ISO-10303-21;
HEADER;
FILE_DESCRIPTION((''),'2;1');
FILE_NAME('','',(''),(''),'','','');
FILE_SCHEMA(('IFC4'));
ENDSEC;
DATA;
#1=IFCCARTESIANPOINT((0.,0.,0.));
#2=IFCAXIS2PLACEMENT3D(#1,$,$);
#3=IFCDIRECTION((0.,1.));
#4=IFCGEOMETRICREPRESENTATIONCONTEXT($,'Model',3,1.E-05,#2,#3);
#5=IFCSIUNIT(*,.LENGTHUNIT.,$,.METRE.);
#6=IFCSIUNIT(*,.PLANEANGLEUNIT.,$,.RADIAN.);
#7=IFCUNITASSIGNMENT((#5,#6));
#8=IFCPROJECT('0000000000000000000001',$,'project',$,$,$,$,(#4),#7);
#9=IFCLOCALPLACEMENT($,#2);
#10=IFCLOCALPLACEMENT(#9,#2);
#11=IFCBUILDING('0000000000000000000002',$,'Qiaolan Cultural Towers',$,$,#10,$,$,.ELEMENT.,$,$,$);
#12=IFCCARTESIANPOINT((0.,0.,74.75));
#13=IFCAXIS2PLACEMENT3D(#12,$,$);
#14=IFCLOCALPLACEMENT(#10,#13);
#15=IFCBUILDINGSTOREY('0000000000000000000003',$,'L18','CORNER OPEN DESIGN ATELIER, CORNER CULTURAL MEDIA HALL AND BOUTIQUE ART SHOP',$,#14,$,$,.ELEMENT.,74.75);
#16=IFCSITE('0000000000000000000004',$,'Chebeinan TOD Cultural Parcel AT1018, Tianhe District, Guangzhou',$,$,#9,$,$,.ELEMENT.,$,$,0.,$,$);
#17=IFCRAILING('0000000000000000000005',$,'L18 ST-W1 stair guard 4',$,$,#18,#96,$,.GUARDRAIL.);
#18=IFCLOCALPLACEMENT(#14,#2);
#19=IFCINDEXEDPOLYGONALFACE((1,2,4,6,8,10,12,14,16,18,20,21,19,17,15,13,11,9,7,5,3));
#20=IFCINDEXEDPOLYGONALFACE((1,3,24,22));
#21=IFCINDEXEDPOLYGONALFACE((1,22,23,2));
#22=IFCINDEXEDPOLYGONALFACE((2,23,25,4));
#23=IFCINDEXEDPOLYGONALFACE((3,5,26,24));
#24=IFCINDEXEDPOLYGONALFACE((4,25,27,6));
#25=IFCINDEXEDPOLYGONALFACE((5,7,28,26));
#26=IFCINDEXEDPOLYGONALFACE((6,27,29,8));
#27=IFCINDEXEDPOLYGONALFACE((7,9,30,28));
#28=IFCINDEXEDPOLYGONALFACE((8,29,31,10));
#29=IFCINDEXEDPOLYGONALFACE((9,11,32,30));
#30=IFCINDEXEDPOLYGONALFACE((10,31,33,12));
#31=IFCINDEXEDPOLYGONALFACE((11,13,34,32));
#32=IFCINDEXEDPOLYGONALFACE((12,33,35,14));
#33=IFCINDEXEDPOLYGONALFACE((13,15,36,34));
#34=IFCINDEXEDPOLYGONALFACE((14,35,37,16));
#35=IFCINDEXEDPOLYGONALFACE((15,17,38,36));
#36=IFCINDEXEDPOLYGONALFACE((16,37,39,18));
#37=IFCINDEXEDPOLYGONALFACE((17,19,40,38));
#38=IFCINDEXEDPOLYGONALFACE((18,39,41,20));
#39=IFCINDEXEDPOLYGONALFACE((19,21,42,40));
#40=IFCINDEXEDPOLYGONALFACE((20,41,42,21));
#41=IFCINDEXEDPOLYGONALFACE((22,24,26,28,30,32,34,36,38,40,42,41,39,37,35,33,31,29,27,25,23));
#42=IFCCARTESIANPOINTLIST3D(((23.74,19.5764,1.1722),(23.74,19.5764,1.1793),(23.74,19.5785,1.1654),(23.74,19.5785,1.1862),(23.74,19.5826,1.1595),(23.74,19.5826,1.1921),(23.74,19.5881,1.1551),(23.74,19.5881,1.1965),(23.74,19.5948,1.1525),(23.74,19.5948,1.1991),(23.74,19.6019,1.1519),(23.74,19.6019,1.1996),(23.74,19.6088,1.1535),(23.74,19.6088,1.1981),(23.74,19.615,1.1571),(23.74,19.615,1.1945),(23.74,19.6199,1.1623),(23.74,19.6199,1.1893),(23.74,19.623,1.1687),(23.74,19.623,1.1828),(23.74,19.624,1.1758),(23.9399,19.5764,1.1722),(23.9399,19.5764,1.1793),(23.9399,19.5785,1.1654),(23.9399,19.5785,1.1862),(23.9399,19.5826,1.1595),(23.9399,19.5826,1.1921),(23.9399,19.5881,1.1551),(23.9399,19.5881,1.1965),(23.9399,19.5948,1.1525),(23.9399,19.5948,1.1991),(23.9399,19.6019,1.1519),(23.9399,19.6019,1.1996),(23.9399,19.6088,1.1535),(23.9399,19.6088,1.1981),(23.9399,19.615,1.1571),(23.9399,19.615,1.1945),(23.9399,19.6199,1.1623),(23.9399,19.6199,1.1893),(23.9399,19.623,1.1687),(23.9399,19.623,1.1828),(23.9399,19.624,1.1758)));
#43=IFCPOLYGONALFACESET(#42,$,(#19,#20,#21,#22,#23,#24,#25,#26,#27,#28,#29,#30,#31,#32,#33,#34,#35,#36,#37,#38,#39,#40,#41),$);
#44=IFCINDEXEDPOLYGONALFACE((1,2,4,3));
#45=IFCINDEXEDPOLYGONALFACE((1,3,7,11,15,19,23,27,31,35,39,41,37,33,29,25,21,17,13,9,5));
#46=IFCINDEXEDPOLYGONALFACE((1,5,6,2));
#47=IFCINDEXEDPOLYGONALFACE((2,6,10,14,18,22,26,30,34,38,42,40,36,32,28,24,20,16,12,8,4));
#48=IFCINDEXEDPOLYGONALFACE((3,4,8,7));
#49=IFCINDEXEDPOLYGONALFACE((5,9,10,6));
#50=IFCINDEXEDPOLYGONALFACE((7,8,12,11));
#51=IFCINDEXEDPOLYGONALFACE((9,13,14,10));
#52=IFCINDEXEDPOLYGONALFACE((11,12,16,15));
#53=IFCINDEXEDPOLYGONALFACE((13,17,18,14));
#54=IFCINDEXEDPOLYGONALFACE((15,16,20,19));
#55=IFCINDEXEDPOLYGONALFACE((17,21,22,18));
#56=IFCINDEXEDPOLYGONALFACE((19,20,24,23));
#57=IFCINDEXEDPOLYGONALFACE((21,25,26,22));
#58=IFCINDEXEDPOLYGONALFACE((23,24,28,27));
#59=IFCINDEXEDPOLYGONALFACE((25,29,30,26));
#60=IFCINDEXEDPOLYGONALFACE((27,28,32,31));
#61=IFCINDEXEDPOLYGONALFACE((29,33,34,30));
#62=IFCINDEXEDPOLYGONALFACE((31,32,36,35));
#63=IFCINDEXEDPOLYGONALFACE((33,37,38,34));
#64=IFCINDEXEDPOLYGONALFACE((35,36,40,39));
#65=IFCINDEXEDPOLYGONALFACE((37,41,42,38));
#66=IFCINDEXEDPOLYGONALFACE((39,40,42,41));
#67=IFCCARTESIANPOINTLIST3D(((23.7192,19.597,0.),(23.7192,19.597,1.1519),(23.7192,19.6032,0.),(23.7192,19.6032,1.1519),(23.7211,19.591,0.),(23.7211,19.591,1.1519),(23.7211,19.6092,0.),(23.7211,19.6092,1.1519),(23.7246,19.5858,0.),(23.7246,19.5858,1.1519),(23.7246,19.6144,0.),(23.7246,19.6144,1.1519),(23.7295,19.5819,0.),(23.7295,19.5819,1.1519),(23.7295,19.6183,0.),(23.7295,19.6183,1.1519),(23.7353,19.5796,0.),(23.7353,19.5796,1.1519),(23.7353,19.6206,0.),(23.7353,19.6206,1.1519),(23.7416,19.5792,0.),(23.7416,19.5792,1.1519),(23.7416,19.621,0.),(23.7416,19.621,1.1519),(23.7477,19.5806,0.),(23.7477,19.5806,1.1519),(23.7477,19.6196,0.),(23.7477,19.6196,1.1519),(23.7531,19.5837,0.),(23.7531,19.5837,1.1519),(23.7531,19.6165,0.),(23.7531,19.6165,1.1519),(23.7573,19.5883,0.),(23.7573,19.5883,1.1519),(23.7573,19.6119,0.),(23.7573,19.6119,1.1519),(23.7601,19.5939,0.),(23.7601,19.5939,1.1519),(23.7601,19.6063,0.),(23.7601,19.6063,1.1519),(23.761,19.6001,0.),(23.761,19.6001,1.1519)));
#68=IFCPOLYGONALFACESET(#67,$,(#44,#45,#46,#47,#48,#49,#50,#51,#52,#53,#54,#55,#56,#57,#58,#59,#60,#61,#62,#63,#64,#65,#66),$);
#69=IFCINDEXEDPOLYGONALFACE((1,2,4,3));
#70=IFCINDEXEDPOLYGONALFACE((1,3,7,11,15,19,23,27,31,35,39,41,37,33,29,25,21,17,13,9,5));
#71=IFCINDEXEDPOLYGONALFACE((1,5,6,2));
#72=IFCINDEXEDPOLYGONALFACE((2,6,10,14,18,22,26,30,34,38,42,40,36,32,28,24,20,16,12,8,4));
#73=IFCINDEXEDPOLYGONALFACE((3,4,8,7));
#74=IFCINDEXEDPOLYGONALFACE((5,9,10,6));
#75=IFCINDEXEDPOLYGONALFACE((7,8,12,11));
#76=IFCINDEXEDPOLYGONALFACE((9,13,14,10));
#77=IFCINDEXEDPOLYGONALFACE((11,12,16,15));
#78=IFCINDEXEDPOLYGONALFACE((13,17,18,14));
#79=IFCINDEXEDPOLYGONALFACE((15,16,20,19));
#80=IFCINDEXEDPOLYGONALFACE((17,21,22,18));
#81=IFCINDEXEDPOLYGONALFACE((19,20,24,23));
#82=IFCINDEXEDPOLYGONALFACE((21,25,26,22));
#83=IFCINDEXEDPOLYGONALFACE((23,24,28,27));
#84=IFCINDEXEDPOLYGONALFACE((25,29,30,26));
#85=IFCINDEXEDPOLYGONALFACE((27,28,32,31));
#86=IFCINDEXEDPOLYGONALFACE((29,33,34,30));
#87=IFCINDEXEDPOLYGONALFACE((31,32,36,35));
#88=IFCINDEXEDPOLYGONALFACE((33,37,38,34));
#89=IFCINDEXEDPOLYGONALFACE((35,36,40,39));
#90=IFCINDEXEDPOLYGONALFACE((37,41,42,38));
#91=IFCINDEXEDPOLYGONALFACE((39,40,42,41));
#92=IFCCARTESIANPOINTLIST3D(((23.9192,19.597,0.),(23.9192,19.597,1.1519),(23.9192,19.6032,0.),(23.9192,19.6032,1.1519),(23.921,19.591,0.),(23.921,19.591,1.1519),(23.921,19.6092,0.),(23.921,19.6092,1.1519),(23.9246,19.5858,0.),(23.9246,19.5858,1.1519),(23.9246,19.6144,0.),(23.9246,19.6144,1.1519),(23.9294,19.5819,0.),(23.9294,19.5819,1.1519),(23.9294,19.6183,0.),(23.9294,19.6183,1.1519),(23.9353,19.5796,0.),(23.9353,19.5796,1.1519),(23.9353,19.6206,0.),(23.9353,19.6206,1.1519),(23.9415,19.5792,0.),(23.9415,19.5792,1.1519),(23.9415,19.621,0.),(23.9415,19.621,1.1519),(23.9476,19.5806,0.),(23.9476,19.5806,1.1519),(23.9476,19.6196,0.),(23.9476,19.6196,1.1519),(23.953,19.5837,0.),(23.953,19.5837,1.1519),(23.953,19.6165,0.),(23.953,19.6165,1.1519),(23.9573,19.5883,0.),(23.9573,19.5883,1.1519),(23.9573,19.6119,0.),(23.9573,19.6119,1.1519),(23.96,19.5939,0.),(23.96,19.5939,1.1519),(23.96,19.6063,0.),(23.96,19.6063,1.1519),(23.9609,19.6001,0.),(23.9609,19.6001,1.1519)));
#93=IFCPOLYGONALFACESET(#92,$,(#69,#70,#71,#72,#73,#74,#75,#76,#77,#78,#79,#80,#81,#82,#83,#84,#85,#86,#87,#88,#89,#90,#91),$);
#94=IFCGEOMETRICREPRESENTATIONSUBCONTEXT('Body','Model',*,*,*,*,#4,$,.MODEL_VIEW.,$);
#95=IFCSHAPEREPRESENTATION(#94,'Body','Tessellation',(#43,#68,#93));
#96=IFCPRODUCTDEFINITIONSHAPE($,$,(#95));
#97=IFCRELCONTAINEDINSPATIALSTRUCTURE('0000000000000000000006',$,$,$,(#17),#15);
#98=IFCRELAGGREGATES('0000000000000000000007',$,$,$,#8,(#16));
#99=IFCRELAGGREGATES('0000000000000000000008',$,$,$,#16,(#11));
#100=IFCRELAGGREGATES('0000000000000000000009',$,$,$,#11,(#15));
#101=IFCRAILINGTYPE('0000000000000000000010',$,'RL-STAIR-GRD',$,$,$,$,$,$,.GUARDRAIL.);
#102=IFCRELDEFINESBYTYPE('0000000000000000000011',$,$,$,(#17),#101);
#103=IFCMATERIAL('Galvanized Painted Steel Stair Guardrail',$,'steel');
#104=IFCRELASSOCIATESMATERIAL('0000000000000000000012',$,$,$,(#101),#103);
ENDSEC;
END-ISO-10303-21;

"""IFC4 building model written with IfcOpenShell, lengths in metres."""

from ifc_helpers import new_model, si_unit, direction, frame, origin, origin_2d, place, context, subcontext, project, spatial, circle, extrude, material, type_object, element, save


model = new_model("IFC4")

# Units and contexts
model_context = context("Model", 3, precision=1e-05, world=origin(), true_north=direction((0.0, 1.0)))
body_context = subcontext(model_context, "Body", "Model", "MODEL_VIEW")
ifc_project = project(units=[si_unit("LENGTHUNIT", "METRE"), si_unit("PLANEANGLEUNIT", "RADIAN")], contexts=[model_context])

# Site, building, storey
site_placement = place(None, origin())
site = spatial("IfcSite", under=ifc_project, at=site_placement, Name="Chebeinan TOD Cultural Parcel AT1018, Tianhe District, Guangzhou", CompositionType="ELEMENT", RefElevation=0.0)
building_placement = place(site_placement, origin())
building = spatial("IfcBuilding", under=site, at=building_placement, Name="Qiaolan Cultural Towers", CompositionType="ELEMENT")
storey_placement = place(building_placement, frame((0.0, 0.0, 74.75)))
storey = spatial("IfcBuildingStorey", under=building, at=storey_placement, Name="L18", Description="CORNER OPEN DESIGN ATELIER, CORNER CULTURAL MEDIA HALL AND BOUTIQUE ART SHOP", CompositionType="ELEMENT", Elevation=74.75)

# Railing
ifc_material_1 = material(Name="Galvanized Painted Steel Stair Guardrail", Category="steel")
railing_type_1 = type_object("IfcRailingType", Name="RL-STAIR-GRD", PredefinedType="GUARDRAIL", material=ifc_material_1)
railing_1_placement = place(storey_placement, frame((23.74, 19.6001, 0.0)))
element("IfcRailing", 1, at=railing_1_placement, inside=storey, type_object=railing_type_1, Name="L18 ST-W1 stair guard 4", PredefinedType="GUARDRAIL", context=body_context, shape_type="SweptSolid", body=[
    extrude(circle(Radius=0.0239, at=origin_2d()), frame((0.0, 0.0, 1.1758), z_axis=(1.0, 0.0, 0.0), x_axis=(0.0, 1.0, 0.0)), (0.0, 0.0, 1.0), 0.2),
    extrude(circle(Radius=0.021, at=origin_2d()), origin(), (0.0, 0.0, 1.0), 1.1519),
    extrude(circle(Radius=0.021, at=origin_2d()), frame((0.2, 0.0, 0.0)), (0.0, 0.0, 1.0), 1.1519),
])

save(model, "model.ifc")
